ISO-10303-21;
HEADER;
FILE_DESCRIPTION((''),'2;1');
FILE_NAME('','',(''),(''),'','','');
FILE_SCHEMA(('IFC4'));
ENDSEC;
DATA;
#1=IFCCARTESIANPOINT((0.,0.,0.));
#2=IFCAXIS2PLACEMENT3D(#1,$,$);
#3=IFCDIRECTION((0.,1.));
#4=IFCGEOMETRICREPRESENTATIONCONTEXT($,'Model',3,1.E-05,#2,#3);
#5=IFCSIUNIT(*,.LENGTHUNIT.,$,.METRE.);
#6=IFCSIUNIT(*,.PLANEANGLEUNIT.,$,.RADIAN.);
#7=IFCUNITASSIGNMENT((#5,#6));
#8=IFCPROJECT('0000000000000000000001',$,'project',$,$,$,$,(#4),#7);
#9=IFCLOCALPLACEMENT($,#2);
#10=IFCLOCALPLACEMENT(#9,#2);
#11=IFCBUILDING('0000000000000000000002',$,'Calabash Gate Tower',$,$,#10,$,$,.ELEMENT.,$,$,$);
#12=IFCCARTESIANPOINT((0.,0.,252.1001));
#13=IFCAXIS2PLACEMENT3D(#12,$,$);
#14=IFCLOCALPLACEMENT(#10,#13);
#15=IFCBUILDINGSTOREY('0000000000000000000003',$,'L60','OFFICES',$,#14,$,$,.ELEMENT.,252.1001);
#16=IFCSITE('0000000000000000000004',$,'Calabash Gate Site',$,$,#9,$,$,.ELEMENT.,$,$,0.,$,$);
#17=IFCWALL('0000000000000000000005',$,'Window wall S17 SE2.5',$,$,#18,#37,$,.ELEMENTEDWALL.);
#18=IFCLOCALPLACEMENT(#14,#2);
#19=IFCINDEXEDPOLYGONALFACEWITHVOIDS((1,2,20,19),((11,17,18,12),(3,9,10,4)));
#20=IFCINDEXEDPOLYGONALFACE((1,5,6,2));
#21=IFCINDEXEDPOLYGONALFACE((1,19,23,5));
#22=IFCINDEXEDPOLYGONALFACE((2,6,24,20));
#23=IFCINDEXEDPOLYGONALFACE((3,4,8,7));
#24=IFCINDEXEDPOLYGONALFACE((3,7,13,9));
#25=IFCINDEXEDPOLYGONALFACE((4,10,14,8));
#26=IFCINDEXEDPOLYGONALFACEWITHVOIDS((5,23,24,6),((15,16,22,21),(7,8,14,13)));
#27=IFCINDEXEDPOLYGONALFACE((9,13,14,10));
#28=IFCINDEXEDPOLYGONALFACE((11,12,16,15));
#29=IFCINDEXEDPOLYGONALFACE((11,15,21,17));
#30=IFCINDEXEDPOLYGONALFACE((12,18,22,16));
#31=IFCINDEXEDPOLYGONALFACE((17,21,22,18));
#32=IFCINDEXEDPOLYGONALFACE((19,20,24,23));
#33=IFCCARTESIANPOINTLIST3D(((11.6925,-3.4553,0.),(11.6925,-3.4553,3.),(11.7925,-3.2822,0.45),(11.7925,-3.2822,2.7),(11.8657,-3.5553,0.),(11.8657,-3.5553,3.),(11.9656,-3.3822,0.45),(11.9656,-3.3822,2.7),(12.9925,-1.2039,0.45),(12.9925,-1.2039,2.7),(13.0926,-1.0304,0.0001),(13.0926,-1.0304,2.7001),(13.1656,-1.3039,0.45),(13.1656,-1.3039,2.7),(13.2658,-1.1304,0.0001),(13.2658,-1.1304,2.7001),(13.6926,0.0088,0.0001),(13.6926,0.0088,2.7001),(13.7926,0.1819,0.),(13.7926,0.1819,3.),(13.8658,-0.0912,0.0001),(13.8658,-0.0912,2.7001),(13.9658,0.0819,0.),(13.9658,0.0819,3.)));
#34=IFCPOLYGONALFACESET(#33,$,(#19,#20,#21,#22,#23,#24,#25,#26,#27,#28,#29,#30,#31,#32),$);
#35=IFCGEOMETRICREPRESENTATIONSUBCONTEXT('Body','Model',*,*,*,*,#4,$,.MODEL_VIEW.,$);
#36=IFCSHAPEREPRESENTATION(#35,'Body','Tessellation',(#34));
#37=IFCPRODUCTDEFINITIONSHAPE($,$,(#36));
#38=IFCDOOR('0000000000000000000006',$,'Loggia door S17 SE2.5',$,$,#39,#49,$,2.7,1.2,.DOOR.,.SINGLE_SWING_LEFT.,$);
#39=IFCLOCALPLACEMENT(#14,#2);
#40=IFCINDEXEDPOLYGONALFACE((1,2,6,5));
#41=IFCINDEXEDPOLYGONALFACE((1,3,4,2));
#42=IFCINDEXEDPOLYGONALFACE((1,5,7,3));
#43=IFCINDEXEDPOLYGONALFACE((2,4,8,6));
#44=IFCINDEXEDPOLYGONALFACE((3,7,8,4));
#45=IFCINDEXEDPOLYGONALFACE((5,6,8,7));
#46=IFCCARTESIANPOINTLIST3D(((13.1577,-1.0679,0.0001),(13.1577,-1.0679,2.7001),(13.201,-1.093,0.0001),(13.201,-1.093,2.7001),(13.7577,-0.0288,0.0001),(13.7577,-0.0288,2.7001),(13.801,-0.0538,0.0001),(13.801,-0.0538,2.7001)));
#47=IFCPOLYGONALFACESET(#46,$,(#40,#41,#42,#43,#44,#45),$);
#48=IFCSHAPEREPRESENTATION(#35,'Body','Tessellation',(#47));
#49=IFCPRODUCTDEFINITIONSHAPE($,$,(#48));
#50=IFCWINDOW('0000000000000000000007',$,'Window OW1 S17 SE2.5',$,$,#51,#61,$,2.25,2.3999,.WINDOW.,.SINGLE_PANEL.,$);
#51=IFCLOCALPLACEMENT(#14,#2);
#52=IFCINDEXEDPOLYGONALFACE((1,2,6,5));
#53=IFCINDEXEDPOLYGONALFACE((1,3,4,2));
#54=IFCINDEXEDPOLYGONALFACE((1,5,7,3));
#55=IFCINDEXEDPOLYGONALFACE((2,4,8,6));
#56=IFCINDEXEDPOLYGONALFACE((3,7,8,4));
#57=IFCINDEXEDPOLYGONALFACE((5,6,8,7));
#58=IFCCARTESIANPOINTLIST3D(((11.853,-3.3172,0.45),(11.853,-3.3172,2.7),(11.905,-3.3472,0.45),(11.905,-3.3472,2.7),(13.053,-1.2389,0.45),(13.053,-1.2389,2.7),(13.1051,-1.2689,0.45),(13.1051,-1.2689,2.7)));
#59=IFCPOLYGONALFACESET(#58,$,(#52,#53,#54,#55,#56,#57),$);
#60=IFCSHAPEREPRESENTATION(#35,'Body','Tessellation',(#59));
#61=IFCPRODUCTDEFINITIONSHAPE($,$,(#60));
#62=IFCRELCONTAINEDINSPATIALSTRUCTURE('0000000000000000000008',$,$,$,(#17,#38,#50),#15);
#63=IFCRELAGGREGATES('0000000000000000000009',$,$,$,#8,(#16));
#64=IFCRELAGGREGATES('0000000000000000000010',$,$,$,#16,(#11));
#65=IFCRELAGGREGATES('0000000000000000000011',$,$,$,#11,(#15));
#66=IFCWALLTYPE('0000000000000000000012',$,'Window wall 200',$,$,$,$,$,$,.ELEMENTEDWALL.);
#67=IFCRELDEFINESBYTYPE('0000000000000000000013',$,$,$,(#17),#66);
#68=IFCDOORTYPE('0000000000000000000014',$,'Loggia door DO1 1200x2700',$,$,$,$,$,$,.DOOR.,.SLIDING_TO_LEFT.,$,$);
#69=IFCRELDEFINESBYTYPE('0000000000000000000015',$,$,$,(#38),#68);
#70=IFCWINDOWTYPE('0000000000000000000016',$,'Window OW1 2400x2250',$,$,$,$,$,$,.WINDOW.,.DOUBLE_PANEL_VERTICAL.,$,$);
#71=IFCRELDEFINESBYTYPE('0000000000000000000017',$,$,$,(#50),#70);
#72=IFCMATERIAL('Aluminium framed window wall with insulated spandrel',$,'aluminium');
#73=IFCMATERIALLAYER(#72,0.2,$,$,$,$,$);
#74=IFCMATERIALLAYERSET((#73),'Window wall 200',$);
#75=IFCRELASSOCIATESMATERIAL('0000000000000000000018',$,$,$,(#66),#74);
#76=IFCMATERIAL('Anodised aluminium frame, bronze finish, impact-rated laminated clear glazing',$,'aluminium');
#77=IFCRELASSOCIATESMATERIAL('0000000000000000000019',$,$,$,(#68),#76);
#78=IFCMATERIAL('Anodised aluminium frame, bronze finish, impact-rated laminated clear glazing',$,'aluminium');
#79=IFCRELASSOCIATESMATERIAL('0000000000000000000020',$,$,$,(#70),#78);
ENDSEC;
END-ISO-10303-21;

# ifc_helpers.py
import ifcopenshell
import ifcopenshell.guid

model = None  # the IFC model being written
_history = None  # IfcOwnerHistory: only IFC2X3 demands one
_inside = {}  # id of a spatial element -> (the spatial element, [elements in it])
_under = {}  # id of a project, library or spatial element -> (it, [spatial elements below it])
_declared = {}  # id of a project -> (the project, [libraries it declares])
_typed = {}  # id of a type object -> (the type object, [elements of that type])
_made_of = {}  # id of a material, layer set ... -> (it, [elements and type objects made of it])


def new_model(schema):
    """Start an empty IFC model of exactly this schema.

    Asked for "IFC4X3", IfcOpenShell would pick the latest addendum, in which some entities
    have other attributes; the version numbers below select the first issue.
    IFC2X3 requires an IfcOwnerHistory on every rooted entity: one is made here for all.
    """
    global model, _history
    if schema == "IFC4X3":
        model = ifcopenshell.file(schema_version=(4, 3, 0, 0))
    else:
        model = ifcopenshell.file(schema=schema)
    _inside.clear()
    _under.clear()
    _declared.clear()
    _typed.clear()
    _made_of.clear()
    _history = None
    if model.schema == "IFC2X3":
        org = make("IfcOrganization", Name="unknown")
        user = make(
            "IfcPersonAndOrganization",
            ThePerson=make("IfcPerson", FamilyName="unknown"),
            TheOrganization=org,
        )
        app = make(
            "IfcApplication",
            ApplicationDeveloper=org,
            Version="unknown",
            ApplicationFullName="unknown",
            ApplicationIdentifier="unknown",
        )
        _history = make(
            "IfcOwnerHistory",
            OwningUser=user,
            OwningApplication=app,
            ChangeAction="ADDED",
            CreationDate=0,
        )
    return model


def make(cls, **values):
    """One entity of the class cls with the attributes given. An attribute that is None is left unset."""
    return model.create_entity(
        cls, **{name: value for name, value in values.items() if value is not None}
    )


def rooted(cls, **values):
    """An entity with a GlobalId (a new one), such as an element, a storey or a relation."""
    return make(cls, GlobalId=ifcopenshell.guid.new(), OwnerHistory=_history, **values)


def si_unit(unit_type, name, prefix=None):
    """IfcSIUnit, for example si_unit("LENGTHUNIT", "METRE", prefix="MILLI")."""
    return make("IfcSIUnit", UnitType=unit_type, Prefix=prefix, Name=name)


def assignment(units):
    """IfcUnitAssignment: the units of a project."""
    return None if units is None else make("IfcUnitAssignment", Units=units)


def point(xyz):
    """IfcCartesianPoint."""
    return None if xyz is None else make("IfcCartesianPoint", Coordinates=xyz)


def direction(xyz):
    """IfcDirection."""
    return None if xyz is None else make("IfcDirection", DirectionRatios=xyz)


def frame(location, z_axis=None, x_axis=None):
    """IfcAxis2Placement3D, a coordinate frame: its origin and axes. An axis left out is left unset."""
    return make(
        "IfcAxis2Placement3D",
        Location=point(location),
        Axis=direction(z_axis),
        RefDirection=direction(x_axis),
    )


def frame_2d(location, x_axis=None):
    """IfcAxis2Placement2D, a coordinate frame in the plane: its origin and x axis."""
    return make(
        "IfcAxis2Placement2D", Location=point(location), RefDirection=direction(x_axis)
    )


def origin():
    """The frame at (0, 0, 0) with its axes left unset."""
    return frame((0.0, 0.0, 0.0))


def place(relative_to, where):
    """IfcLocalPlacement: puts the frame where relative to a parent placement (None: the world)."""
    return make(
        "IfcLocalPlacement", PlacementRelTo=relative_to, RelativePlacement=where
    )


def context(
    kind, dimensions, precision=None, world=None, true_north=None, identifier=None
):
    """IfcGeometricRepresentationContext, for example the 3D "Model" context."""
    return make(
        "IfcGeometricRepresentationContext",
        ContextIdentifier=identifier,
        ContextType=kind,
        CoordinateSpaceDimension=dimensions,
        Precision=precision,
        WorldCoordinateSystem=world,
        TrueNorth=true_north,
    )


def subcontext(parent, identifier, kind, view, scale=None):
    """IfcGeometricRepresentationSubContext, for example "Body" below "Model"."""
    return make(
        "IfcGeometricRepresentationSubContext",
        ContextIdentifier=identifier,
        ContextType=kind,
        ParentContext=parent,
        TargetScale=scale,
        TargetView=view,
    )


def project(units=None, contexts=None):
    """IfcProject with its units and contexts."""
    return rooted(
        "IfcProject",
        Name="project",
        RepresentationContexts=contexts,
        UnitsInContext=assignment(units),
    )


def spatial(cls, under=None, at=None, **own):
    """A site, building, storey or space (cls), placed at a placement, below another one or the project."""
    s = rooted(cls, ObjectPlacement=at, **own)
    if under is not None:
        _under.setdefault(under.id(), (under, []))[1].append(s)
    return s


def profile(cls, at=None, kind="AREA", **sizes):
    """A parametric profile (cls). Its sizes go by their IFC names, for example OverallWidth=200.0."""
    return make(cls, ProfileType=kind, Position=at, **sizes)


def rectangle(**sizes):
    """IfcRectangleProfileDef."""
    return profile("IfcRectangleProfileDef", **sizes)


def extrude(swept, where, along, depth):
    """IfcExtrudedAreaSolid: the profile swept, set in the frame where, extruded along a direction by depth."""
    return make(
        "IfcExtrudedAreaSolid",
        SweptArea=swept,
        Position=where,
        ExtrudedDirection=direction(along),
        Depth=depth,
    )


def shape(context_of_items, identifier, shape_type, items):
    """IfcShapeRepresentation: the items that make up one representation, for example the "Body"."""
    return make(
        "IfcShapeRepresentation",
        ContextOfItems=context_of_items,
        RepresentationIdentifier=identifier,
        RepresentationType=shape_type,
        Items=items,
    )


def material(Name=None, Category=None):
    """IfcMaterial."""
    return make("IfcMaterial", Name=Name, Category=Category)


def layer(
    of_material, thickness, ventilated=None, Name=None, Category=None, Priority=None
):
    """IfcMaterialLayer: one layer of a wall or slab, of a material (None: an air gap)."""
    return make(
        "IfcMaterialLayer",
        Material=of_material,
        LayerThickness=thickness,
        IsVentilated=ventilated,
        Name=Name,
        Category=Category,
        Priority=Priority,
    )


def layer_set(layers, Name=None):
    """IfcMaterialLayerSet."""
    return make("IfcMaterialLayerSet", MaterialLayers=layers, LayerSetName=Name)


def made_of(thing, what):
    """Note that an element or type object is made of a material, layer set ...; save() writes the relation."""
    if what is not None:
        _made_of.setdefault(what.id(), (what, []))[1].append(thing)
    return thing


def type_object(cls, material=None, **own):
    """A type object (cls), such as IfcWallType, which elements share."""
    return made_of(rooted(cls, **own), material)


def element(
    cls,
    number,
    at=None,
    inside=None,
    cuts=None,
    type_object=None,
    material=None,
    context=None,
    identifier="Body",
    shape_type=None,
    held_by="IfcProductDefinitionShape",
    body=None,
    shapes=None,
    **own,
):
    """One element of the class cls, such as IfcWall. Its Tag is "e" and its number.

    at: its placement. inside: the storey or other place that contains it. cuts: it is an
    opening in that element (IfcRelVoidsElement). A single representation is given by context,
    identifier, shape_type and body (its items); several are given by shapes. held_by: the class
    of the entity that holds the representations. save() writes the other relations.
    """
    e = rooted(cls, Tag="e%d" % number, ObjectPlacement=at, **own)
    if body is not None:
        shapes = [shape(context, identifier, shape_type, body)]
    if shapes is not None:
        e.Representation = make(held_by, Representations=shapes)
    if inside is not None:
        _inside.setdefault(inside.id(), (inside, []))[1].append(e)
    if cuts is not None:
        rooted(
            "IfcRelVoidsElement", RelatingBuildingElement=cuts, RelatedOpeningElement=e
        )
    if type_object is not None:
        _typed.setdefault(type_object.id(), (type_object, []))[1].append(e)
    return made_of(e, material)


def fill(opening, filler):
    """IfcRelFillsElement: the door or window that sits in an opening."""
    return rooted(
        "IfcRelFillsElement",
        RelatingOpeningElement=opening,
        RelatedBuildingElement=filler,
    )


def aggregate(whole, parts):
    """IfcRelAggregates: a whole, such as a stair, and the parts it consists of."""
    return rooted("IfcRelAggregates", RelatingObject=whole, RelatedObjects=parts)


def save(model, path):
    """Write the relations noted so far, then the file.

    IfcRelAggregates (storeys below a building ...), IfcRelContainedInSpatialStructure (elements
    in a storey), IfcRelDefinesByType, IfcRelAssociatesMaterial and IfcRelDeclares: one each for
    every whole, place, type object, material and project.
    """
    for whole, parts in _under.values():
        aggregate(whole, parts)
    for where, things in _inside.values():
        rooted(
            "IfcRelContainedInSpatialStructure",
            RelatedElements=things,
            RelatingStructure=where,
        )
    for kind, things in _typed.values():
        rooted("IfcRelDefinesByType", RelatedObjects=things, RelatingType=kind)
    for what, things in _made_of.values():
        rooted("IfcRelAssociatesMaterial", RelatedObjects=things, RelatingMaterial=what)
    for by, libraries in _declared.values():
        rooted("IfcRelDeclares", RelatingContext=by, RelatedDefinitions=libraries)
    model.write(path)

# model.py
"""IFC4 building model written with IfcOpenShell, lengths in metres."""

from ifc_helpers import new_model, si_unit, direction, frame, frame_2d, origin, place, context, subcontext, project, spatial, rectangle, extrude, material, layer, layer_set, type_object, element, fill, save


model = new_model("IFC4")

# Units and contexts
model_context = context("Model", 3, precision=1e-05, world=origin(), true_north=direction((0.0, 1.0)))
body_context = subcontext(model_context, "Body", "Model", "MODEL_VIEW")
ifc_project = project(units=[si_unit("LENGTHUNIT", "METRE"), si_unit("PLANEANGLEUNIT", "RADIAN")], contexts=[model_context])

# Site, building, storey
site_placement = place(None, origin())
site = spatial("IfcSite", under=ifc_project, at=site_placement, Name="Calabash Gate Site", CompositionType="ELEMENT", RefElevation=0.0)
building_placement = place(site_placement, origin())
building = spatial("IfcBuilding", under=site, at=building_placement, Name="Calabash Gate Tower", CompositionType="ELEMENT")
storey_placement = place(building_placement, frame((0.0, 0.0, 252.1001)))
storey = spatial("IfcBuildingStorey", under=building, at=storey_placement, Name="L60", Description="OFFICES", CompositionType="ELEMENT", Elevation=252.1001)

# Shared definitions
ifc_material_1 = material(Name="Aluminium framed window wall with insulated spandrel", Category="aluminium")
ifc_layer_1 = layer(ifc_material_1, 0.2)
ifc_layer_set_1 = layer_set([ifc_layer_1], Name="Window wall 200")
wall_type_1 = type_object("IfcWallType", Name="Window wall 200", PredefinedType="ELEMENTEDWALL", material=ifc_layer_set_1)

# Wall, openings, door, window
wall_1_placement = place(storey_placement, frame((11.7791, -3.5054, 0.0), z_axis=(0.0, 0.0, 1.0), x_axis=(0.500028, 0.866009, 0.0)))
wall_1 = element("IfcWall", 1, at=wall_1_placement, inside=storey, type_object=wall_type_1, Name="Window wall S17 SE2.5", PredefinedType="ELEMENTEDWALL", context=body_context, shape_type="SweptSolid", body=[
    extrude(rectangle(XDim=4.2, YDim=0.2, at=frame_2d((2.1001, 0.0))), origin(), (0.0, 0.0, 1.0), 3.0),
])
opening_1_placement = place(wall_1_placement, frame((0.2, 0.0, 0.45)))
opening_1 = element("IfcOpeningElement", 2, at=opening_1_placement, cuts=wall_1, PredefinedType="OPENING", context=body_context, shape_type="SweptSolid", body=[
    extrude(rectangle(XDim=2.3999, YDim=2.25, at=frame_2d((1.2, 1.125))), frame((0.0, 0.1099, 0.0), z_axis=(0.0, -1.0, 0.0), x_axis=(1.0, 0.0, 0.0)), (0.0, 0.0, 1.0), 0.22),
])
opening_2_placement = place(wall_1_placement, frame((2.8, 0.0, 0.0)))
opening_2 = element("IfcOpeningElement", 3, at=opening_2_placement, cuts=wall_1, PredefinedType="OPENING", context=body_context, shape_type="SweptSolid", body=[
    extrude(rectangle(XDim=1.2, YDim=2.7, at=frame_2d((0.6001, 1.3501))), frame((0.0, 0.1099, 0.0), z_axis=(0.0, -1.0, 0.0), x_axis=(1.0, 0.0, 0.0)), (0.0, 0.0, 1.0), 0.22),
])
ifc_material_2 = material(Name="Anodised aluminium frame, bronze finish, impact-rated laminated clear glazing", Category="aluminium")
door_type_1 = type_object("IfcDoorType", Name="Loggia door DO1 1200x2700", OperationType="SLIDING_TO_LEFT", PredefinedType="DOOR", material=ifc_material_2)
door_1_placement = place(opening_2_placement, origin())
door_1 = element("IfcDoor", 4, at=door_1_placement, inside=storey, type_object=door_type_1, Name="Loggia door S17 SE2.5", OperationType="SINGLE_SWING_LEFT", OverallHeight=2.7, OverallWidth=1.2, PredefinedType="DOOR", context=body_context, shape_type="SweptSolid", body=[
    extrude(rectangle(XDim=1.2, YDim=2.7, at=frame_2d((0.6001, 1.3501))), frame((0.0, 0.0249, 0.0), z_axis=(0.0, -1.0, 0.0), x_axis=(1.0, 0.0, 0.0)), (0.0, 0.0, 1.0), 0.05),
])
fill(opening_2, door_1)
ifc_material_3 = material(Name="Anodised aluminium frame, bronze finish, impact-rated laminated clear glazing", Category="aluminium")
window_type = type_object("IfcWindowType", Name="Window OW1 2400x2250", PartitioningType="DOUBLE_PANEL_VERTICAL", PredefinedType="WINDOW", material=ifc_material_3)
window_placement = place(opening_1_placement, origin())
window = element("IfcWindow", 5, at=window_placement, inside=storey, type_object=window_type, Name="Window OW1 S17 SE2.5", OverallHeight=2.25, OverallWidth=2.3999, PartitioningType="SINGLE_PANEL", PredefinedType="WINDOW", context=body_context, shape_type="SweptSolid", body=[
    extrude(rectangle(XDim=2.3999, YDim=2.25, at=frame_2d((1.2, 1.125))), frame((0.0, 0.03, 0.0), z_axis=(0.0, -1.0, 0.0), x_axis=(1.0, 0.0, 0.0)), (0.0, 0.0, 1.0), 0.0601),
])
fill(opening_1, window)

save(model, "model.ifc")
